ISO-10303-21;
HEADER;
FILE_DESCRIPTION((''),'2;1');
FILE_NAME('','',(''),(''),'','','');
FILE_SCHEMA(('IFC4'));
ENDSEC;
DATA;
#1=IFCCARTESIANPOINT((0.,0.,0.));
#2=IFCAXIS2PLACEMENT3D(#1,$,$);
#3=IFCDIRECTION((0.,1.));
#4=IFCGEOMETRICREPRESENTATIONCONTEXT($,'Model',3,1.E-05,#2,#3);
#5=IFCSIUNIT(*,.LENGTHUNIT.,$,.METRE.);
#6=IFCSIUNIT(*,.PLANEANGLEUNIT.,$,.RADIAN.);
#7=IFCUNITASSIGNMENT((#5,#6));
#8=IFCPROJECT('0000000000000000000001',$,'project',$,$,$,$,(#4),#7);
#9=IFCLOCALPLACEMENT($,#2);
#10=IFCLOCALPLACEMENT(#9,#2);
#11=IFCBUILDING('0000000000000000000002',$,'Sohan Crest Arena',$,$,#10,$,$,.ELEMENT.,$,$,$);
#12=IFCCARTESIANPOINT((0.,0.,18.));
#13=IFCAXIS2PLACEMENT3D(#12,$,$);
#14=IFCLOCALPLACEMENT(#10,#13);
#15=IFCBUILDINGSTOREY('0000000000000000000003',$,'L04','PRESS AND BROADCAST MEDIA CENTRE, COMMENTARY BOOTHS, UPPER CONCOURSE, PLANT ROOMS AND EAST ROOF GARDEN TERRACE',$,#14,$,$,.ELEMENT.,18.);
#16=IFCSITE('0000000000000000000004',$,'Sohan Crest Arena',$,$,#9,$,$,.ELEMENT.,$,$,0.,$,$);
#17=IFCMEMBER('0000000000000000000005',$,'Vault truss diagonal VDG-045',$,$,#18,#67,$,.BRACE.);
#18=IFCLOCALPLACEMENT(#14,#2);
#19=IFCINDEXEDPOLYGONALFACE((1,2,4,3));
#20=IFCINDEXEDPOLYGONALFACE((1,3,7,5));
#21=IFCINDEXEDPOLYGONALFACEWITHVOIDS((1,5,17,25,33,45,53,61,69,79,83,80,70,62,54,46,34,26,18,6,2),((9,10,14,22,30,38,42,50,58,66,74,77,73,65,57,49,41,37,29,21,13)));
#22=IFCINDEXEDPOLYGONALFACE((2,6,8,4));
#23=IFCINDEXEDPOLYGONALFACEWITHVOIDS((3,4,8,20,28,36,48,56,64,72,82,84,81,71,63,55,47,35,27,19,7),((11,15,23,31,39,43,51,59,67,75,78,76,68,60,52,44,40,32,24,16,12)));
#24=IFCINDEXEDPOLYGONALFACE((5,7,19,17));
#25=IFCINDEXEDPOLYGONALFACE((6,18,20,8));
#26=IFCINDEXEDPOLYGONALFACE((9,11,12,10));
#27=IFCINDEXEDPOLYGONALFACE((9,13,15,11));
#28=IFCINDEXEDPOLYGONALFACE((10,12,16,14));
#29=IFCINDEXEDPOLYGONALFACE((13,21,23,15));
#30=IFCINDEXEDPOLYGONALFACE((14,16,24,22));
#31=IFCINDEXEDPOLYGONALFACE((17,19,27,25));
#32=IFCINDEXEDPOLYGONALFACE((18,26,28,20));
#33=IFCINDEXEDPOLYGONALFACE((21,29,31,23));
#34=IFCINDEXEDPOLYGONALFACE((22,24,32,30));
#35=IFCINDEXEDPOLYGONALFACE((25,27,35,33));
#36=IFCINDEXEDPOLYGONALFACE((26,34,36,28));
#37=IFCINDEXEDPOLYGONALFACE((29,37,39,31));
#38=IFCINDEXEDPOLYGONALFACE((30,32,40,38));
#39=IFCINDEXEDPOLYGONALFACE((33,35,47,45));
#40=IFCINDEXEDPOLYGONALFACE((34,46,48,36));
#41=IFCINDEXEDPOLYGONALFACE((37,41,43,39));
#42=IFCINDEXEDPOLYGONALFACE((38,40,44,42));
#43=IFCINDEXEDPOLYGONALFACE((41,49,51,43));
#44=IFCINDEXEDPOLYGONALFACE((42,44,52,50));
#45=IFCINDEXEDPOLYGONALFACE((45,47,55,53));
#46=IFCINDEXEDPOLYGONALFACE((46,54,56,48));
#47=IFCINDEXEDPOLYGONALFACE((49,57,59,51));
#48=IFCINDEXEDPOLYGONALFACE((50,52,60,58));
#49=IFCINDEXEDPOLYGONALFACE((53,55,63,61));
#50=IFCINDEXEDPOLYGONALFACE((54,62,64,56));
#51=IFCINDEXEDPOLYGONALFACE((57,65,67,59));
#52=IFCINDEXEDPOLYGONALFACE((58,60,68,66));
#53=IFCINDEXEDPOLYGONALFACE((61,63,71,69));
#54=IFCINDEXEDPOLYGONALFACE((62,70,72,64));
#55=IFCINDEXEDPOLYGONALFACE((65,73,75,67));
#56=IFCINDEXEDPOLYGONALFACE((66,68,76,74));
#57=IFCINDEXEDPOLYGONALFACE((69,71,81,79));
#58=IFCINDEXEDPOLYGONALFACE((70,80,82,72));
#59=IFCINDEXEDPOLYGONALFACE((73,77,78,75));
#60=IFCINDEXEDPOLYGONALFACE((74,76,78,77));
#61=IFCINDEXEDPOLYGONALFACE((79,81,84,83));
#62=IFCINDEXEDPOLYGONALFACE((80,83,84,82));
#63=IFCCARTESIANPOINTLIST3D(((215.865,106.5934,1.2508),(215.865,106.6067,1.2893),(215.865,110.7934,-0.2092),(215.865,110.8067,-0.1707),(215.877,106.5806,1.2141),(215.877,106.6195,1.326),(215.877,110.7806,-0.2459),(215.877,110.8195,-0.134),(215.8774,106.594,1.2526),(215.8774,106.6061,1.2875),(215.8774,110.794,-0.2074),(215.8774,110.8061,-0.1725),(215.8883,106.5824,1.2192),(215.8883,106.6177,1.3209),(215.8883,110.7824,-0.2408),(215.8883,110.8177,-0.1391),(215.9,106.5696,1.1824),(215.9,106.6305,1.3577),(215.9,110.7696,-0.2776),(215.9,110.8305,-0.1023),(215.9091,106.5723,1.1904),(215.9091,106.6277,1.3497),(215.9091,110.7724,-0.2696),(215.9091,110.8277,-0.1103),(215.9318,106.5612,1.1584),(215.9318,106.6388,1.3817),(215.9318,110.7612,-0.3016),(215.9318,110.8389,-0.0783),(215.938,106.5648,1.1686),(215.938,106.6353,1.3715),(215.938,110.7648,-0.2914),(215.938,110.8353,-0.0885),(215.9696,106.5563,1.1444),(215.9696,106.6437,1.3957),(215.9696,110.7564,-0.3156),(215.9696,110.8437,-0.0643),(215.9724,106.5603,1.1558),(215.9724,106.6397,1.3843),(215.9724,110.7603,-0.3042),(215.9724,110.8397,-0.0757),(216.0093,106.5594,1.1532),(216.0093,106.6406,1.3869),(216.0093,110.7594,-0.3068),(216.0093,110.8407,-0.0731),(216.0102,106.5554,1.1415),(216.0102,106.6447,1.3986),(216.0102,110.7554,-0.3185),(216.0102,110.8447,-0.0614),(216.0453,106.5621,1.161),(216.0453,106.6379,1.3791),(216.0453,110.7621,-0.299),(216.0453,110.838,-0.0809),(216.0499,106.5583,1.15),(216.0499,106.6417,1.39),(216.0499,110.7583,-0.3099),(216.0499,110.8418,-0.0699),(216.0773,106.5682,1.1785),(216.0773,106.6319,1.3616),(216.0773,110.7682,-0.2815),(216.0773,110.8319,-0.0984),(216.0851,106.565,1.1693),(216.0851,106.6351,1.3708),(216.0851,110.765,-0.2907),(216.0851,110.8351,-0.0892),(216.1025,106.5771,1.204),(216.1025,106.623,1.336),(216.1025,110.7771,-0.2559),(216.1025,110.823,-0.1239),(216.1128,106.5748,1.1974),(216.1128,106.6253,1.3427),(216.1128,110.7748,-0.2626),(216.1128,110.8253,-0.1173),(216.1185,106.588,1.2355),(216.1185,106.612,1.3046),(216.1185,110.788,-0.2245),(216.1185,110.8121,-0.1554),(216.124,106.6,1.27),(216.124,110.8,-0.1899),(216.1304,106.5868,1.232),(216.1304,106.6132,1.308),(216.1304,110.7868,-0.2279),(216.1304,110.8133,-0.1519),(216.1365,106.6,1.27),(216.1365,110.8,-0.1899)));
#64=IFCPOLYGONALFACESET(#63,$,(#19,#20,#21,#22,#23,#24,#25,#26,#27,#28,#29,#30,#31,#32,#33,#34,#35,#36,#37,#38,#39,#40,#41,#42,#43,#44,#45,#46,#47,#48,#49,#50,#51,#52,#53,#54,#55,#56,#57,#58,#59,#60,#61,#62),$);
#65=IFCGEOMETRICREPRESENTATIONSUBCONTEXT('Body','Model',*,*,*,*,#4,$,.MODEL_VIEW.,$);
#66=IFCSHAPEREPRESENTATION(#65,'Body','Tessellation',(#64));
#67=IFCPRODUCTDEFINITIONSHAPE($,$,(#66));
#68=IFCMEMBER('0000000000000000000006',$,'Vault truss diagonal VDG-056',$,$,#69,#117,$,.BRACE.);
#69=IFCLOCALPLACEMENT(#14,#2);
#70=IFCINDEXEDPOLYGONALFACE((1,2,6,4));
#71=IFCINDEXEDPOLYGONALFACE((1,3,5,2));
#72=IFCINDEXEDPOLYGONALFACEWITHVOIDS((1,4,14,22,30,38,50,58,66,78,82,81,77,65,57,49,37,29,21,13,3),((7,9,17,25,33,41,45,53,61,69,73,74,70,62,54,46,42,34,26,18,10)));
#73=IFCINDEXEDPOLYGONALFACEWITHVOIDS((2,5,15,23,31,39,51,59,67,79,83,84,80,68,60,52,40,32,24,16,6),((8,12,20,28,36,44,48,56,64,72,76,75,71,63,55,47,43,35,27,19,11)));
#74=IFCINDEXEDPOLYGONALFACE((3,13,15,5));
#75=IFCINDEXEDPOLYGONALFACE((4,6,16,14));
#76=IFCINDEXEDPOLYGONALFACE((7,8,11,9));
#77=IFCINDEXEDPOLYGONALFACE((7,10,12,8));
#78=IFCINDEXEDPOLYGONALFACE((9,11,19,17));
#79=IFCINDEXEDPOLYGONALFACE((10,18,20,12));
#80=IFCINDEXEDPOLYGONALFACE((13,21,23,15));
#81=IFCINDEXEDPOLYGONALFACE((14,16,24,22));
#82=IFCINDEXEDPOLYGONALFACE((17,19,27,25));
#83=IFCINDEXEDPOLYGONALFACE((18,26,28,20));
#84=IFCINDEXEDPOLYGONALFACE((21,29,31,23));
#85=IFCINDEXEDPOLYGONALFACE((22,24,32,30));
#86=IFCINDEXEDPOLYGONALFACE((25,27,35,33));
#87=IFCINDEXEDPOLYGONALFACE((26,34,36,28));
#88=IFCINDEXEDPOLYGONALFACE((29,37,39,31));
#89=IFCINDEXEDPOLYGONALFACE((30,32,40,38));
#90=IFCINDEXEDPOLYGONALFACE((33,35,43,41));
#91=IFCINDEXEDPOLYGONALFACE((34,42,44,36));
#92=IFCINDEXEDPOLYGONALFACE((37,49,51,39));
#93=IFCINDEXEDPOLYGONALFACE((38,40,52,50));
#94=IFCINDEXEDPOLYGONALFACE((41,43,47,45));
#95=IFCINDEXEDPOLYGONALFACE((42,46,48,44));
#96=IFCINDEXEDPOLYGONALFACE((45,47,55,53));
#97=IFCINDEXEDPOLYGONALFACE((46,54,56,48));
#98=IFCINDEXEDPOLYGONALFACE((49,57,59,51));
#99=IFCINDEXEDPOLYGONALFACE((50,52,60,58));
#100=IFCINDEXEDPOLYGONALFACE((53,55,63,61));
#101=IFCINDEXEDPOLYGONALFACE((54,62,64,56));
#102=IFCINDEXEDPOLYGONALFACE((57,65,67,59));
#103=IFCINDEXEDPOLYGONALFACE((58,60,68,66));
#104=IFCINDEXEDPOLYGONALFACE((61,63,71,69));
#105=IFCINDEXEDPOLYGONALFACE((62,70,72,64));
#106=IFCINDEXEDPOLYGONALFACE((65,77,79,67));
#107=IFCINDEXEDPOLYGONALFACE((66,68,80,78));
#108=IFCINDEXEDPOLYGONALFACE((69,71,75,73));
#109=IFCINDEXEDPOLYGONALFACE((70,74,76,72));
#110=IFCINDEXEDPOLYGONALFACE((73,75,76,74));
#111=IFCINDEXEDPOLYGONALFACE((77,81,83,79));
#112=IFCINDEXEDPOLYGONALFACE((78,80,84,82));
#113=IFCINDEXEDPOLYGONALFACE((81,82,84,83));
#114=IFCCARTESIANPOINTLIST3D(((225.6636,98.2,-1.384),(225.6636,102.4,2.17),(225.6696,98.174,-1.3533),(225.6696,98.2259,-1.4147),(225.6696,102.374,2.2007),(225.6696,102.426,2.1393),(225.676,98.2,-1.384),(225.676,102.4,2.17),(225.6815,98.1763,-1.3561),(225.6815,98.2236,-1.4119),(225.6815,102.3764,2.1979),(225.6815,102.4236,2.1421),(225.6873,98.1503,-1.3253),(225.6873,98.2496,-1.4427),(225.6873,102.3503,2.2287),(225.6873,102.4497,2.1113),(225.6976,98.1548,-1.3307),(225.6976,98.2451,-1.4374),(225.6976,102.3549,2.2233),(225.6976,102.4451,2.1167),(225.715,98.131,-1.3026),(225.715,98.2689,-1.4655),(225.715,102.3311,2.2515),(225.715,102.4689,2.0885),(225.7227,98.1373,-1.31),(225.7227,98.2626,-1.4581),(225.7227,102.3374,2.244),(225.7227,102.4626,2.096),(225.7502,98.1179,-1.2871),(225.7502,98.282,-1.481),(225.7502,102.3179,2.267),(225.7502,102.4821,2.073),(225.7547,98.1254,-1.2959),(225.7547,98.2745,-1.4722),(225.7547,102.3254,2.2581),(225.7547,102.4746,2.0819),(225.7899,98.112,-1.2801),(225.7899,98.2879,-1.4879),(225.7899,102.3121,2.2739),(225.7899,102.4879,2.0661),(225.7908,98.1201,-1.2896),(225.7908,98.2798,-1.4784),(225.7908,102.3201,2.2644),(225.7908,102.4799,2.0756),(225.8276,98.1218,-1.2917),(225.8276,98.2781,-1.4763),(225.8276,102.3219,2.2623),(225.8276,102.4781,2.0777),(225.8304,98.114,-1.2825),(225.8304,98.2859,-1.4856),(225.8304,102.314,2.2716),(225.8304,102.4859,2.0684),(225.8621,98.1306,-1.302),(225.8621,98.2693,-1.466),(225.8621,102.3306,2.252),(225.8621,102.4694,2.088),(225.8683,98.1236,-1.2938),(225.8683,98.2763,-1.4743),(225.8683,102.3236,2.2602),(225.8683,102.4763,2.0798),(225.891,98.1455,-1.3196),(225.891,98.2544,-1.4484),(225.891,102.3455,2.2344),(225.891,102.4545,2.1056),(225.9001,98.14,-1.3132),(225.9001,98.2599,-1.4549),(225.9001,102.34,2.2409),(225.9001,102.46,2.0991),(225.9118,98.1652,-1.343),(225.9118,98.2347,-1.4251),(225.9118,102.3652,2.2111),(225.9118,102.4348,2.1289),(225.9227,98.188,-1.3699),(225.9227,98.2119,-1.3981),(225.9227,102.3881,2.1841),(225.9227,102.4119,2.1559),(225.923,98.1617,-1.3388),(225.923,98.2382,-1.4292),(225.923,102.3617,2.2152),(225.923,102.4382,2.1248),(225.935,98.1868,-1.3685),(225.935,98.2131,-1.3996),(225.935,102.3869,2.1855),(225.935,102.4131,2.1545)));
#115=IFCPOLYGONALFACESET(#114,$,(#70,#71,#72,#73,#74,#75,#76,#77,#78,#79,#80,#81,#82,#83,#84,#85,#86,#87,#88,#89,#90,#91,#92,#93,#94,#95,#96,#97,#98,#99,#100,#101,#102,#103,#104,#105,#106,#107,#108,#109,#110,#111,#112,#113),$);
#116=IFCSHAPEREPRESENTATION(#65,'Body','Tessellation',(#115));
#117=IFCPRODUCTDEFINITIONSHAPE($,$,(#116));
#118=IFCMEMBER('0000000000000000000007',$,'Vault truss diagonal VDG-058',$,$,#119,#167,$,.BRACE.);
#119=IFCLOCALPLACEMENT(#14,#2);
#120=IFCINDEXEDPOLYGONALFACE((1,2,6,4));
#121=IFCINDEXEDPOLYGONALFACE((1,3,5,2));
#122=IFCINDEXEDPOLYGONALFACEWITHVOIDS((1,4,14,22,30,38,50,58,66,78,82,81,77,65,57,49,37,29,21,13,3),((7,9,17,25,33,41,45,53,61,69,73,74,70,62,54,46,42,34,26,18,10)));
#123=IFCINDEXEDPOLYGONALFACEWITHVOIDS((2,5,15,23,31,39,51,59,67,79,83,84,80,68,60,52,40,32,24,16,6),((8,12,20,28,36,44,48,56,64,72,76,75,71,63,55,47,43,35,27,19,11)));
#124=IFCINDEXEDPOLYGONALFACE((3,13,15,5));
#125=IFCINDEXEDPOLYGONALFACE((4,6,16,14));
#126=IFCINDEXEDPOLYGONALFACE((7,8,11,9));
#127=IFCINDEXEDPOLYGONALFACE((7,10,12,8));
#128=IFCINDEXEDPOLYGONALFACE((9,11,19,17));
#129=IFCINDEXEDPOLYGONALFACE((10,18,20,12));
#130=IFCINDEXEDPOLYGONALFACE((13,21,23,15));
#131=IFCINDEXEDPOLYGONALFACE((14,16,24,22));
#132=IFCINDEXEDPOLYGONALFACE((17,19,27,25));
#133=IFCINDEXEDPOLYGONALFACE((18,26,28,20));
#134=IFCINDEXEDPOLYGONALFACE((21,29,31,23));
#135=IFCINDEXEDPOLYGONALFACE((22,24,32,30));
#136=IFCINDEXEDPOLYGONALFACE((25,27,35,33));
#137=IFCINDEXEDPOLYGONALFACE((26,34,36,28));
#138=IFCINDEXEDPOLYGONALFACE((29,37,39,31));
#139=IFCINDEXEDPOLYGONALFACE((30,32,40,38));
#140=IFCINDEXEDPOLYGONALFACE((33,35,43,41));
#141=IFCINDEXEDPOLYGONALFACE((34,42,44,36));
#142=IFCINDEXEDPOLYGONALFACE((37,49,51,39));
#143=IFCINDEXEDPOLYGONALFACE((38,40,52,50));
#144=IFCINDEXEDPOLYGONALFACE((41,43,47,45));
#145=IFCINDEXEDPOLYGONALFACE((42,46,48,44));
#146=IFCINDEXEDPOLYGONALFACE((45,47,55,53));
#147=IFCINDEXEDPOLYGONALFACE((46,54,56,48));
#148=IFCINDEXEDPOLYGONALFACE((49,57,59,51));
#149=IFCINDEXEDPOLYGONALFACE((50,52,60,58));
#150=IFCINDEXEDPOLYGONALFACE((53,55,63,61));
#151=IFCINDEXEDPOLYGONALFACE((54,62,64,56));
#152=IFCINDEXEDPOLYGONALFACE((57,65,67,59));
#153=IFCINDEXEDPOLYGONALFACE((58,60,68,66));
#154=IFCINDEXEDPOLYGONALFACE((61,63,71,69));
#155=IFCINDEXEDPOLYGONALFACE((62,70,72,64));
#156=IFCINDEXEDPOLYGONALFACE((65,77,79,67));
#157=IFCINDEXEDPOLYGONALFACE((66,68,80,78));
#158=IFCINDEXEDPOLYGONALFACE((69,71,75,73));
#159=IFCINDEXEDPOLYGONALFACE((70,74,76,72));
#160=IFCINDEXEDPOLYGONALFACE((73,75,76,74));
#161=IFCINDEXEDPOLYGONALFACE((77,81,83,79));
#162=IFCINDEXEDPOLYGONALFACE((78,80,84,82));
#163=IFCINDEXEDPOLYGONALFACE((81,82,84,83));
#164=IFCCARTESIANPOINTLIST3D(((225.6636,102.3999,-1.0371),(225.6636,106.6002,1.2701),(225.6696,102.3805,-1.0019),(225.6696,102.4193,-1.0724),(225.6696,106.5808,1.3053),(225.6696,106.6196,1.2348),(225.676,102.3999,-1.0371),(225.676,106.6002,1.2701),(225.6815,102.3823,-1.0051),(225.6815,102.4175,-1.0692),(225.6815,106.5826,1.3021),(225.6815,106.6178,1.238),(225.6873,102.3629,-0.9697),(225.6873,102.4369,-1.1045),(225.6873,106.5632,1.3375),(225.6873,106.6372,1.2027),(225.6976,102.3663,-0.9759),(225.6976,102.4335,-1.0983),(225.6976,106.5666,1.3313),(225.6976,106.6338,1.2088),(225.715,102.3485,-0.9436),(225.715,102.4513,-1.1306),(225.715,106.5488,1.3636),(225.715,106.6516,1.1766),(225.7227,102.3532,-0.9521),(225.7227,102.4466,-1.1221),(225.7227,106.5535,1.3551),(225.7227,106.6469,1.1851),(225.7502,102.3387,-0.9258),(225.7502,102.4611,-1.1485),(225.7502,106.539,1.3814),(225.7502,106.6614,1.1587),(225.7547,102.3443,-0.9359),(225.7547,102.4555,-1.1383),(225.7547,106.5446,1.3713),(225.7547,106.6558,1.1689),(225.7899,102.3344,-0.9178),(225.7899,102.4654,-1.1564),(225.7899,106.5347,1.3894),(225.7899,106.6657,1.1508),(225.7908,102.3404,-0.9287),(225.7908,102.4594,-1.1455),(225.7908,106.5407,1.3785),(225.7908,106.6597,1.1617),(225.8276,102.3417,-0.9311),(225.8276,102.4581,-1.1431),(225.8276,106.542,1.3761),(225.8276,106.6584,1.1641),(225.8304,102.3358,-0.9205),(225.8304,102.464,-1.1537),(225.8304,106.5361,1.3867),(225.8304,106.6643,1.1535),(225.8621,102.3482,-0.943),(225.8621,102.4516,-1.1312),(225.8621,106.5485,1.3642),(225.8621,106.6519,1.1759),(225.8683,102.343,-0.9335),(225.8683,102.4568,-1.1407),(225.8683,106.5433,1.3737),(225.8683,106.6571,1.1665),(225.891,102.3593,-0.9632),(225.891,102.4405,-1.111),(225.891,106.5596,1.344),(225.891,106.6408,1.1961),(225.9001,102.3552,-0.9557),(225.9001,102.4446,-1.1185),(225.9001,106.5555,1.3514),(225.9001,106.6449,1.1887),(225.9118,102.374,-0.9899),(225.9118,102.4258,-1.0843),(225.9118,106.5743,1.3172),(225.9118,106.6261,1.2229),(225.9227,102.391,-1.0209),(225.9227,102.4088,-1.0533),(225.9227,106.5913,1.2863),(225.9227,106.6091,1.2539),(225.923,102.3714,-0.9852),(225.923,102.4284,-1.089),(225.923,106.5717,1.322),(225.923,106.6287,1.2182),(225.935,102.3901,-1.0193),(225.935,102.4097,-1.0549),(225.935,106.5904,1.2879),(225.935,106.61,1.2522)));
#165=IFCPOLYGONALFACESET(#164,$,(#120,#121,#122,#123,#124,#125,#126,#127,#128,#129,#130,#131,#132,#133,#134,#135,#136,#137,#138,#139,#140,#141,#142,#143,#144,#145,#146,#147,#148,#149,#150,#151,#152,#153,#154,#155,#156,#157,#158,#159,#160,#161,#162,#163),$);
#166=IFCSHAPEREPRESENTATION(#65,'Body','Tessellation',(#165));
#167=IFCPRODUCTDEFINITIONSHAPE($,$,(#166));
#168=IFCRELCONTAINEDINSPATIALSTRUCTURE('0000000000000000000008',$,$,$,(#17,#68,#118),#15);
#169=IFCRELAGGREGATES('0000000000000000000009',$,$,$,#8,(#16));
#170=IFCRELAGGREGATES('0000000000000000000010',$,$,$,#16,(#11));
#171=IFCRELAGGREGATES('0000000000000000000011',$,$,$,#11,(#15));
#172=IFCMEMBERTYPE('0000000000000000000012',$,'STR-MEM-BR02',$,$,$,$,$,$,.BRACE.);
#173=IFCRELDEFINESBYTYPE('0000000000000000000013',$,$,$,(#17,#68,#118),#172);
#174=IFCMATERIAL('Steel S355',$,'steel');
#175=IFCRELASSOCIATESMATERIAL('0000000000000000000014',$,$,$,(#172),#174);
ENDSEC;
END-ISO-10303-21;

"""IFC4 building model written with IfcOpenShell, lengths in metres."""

from ifc_helpers import new_model, si_unit, direction, frame, origin, origin_2d, place, context, subcontext, project, spatial, hollow_circle, extrude, material, material_profile, profile_set, type_object, element, save


model = new_model("IFC4")

# Units and contexts
model_context = context("Model", 3, precision=1e-05, world=origin(), true_north=direction((0.0, 1.0)))
body_context = subcontext(model_context, "Body", "Model", "MODEL_VIEW")
ifc_project = project(units=[si_unit("LENGTHUNIT", "METRE"), si_unit("PLANEANGLEUNIT", "RADIAN")], contexts=[model_context])

# Site, building, storey
site_placement = place(None, origin())
site = spatial("IfcSite", under=ifc_project, at=site_placement, Name="Sohan Crest Arena", CompositionType="ELEMENT", RefElevation=0.0)
building_placement = place(site_placement, origin())
building = spatial("IfcBuilding", under=site, at=building_placement, Name="Sohan Crest Arena", CompositionType="ELEMENT")
storey_placement = place(building_placement, frame((0.0, 0.0, 18.0)))
storey = spatial("IfcBuildingStorey", under=building, at=storey_placement, Name="L04", Description="PRESS AND BROADCAST MEDIA CENTRE, COMMENTARY BOOTHS, UPPER CONCOURSE, PLANT ROOMS AND EAST ROOF GARDEN TERRACE", CompositionType="ELEMENT", Elevation=18.0)

# Shared definitions
ifc_material_1 = material(Name="Steel S355", Category="steel")

# Members
ifc_material_profile_1 = material_profile(ifc_material_1, hollow_circle(Radius=0.1365, WallThickness=0.0125, at=origin_2d()), Name="CHS 273x12.5")
ifc_profile_set_1 = profile_set([ifc_material_profile_1], Name="Steel S355")
member_type_1 = type_object("IfcMemberType", Name="STR-MEM-BR02", PredefinedType="BRACE", material=ifc_profile_set_1)
member_1_placement = place(storey_placement, frame((216.0, 110.8, -0.1899), z_axis=(0.0, -0.944559, 0.328342), x_axis=(1.0, 0.0, 0.0)))
element("IfcMember", 1, at=member_1_placement, inside=storey, type_object=member_type_1, Name="Vault truss diagonal VDG-045", PredefinedType="BRACE", context=body_context, shape_type="SweptSolid", body=[
    extrude(hollow_circle(Radius=0.1365, WallThickness=0.0125, at=origin_2d()), origin(), (0.0, 0.0, 1.0), 4.4465),
])
member_2_placement = place(storey_placement, frame((225.8, 98.2, -1.384), z_axis=(0.0, 0.763373, 0.645958), x_axis=(-1.0, 0.0, 0.0)))
element("IfcMember", 2, at=member_2_placement, inside=storey, type_object=member_type_1, Name="Vault truss diagonal VDG-056", PredefinedType="BRACE", context=body_context, shape_type="SweptSolid", body=[
    extrude(hollow_circle(Radius=0.1365, WallThickness=0.0125, at=origin_2d()), origin(), (0.0, 0.0, 1.0), 5.502),
])
member_3_placement = place(storey_placement, frame((225.8, 102.3999, -1.0371), z_axis=(0.0, 0.876478, 0.481441), x_axis=(-1.0, 0.0, 0.0)))
element("IfcMember", 3, at=member_3_placement, inside=storey, type_object=member_type_1, Name="Vault truss diagonal VDG-058", PredefinedType="BRACE", context=body_context, shape_type="SweptSolid", body=[
    extrude(hollow_circle(Radius=0.1365, WallThickness=0.0125, at=origin_2d()), origin(), (0.0, 0.0, 1.0), 4.7922),
])

save(model, "model.ifc")
